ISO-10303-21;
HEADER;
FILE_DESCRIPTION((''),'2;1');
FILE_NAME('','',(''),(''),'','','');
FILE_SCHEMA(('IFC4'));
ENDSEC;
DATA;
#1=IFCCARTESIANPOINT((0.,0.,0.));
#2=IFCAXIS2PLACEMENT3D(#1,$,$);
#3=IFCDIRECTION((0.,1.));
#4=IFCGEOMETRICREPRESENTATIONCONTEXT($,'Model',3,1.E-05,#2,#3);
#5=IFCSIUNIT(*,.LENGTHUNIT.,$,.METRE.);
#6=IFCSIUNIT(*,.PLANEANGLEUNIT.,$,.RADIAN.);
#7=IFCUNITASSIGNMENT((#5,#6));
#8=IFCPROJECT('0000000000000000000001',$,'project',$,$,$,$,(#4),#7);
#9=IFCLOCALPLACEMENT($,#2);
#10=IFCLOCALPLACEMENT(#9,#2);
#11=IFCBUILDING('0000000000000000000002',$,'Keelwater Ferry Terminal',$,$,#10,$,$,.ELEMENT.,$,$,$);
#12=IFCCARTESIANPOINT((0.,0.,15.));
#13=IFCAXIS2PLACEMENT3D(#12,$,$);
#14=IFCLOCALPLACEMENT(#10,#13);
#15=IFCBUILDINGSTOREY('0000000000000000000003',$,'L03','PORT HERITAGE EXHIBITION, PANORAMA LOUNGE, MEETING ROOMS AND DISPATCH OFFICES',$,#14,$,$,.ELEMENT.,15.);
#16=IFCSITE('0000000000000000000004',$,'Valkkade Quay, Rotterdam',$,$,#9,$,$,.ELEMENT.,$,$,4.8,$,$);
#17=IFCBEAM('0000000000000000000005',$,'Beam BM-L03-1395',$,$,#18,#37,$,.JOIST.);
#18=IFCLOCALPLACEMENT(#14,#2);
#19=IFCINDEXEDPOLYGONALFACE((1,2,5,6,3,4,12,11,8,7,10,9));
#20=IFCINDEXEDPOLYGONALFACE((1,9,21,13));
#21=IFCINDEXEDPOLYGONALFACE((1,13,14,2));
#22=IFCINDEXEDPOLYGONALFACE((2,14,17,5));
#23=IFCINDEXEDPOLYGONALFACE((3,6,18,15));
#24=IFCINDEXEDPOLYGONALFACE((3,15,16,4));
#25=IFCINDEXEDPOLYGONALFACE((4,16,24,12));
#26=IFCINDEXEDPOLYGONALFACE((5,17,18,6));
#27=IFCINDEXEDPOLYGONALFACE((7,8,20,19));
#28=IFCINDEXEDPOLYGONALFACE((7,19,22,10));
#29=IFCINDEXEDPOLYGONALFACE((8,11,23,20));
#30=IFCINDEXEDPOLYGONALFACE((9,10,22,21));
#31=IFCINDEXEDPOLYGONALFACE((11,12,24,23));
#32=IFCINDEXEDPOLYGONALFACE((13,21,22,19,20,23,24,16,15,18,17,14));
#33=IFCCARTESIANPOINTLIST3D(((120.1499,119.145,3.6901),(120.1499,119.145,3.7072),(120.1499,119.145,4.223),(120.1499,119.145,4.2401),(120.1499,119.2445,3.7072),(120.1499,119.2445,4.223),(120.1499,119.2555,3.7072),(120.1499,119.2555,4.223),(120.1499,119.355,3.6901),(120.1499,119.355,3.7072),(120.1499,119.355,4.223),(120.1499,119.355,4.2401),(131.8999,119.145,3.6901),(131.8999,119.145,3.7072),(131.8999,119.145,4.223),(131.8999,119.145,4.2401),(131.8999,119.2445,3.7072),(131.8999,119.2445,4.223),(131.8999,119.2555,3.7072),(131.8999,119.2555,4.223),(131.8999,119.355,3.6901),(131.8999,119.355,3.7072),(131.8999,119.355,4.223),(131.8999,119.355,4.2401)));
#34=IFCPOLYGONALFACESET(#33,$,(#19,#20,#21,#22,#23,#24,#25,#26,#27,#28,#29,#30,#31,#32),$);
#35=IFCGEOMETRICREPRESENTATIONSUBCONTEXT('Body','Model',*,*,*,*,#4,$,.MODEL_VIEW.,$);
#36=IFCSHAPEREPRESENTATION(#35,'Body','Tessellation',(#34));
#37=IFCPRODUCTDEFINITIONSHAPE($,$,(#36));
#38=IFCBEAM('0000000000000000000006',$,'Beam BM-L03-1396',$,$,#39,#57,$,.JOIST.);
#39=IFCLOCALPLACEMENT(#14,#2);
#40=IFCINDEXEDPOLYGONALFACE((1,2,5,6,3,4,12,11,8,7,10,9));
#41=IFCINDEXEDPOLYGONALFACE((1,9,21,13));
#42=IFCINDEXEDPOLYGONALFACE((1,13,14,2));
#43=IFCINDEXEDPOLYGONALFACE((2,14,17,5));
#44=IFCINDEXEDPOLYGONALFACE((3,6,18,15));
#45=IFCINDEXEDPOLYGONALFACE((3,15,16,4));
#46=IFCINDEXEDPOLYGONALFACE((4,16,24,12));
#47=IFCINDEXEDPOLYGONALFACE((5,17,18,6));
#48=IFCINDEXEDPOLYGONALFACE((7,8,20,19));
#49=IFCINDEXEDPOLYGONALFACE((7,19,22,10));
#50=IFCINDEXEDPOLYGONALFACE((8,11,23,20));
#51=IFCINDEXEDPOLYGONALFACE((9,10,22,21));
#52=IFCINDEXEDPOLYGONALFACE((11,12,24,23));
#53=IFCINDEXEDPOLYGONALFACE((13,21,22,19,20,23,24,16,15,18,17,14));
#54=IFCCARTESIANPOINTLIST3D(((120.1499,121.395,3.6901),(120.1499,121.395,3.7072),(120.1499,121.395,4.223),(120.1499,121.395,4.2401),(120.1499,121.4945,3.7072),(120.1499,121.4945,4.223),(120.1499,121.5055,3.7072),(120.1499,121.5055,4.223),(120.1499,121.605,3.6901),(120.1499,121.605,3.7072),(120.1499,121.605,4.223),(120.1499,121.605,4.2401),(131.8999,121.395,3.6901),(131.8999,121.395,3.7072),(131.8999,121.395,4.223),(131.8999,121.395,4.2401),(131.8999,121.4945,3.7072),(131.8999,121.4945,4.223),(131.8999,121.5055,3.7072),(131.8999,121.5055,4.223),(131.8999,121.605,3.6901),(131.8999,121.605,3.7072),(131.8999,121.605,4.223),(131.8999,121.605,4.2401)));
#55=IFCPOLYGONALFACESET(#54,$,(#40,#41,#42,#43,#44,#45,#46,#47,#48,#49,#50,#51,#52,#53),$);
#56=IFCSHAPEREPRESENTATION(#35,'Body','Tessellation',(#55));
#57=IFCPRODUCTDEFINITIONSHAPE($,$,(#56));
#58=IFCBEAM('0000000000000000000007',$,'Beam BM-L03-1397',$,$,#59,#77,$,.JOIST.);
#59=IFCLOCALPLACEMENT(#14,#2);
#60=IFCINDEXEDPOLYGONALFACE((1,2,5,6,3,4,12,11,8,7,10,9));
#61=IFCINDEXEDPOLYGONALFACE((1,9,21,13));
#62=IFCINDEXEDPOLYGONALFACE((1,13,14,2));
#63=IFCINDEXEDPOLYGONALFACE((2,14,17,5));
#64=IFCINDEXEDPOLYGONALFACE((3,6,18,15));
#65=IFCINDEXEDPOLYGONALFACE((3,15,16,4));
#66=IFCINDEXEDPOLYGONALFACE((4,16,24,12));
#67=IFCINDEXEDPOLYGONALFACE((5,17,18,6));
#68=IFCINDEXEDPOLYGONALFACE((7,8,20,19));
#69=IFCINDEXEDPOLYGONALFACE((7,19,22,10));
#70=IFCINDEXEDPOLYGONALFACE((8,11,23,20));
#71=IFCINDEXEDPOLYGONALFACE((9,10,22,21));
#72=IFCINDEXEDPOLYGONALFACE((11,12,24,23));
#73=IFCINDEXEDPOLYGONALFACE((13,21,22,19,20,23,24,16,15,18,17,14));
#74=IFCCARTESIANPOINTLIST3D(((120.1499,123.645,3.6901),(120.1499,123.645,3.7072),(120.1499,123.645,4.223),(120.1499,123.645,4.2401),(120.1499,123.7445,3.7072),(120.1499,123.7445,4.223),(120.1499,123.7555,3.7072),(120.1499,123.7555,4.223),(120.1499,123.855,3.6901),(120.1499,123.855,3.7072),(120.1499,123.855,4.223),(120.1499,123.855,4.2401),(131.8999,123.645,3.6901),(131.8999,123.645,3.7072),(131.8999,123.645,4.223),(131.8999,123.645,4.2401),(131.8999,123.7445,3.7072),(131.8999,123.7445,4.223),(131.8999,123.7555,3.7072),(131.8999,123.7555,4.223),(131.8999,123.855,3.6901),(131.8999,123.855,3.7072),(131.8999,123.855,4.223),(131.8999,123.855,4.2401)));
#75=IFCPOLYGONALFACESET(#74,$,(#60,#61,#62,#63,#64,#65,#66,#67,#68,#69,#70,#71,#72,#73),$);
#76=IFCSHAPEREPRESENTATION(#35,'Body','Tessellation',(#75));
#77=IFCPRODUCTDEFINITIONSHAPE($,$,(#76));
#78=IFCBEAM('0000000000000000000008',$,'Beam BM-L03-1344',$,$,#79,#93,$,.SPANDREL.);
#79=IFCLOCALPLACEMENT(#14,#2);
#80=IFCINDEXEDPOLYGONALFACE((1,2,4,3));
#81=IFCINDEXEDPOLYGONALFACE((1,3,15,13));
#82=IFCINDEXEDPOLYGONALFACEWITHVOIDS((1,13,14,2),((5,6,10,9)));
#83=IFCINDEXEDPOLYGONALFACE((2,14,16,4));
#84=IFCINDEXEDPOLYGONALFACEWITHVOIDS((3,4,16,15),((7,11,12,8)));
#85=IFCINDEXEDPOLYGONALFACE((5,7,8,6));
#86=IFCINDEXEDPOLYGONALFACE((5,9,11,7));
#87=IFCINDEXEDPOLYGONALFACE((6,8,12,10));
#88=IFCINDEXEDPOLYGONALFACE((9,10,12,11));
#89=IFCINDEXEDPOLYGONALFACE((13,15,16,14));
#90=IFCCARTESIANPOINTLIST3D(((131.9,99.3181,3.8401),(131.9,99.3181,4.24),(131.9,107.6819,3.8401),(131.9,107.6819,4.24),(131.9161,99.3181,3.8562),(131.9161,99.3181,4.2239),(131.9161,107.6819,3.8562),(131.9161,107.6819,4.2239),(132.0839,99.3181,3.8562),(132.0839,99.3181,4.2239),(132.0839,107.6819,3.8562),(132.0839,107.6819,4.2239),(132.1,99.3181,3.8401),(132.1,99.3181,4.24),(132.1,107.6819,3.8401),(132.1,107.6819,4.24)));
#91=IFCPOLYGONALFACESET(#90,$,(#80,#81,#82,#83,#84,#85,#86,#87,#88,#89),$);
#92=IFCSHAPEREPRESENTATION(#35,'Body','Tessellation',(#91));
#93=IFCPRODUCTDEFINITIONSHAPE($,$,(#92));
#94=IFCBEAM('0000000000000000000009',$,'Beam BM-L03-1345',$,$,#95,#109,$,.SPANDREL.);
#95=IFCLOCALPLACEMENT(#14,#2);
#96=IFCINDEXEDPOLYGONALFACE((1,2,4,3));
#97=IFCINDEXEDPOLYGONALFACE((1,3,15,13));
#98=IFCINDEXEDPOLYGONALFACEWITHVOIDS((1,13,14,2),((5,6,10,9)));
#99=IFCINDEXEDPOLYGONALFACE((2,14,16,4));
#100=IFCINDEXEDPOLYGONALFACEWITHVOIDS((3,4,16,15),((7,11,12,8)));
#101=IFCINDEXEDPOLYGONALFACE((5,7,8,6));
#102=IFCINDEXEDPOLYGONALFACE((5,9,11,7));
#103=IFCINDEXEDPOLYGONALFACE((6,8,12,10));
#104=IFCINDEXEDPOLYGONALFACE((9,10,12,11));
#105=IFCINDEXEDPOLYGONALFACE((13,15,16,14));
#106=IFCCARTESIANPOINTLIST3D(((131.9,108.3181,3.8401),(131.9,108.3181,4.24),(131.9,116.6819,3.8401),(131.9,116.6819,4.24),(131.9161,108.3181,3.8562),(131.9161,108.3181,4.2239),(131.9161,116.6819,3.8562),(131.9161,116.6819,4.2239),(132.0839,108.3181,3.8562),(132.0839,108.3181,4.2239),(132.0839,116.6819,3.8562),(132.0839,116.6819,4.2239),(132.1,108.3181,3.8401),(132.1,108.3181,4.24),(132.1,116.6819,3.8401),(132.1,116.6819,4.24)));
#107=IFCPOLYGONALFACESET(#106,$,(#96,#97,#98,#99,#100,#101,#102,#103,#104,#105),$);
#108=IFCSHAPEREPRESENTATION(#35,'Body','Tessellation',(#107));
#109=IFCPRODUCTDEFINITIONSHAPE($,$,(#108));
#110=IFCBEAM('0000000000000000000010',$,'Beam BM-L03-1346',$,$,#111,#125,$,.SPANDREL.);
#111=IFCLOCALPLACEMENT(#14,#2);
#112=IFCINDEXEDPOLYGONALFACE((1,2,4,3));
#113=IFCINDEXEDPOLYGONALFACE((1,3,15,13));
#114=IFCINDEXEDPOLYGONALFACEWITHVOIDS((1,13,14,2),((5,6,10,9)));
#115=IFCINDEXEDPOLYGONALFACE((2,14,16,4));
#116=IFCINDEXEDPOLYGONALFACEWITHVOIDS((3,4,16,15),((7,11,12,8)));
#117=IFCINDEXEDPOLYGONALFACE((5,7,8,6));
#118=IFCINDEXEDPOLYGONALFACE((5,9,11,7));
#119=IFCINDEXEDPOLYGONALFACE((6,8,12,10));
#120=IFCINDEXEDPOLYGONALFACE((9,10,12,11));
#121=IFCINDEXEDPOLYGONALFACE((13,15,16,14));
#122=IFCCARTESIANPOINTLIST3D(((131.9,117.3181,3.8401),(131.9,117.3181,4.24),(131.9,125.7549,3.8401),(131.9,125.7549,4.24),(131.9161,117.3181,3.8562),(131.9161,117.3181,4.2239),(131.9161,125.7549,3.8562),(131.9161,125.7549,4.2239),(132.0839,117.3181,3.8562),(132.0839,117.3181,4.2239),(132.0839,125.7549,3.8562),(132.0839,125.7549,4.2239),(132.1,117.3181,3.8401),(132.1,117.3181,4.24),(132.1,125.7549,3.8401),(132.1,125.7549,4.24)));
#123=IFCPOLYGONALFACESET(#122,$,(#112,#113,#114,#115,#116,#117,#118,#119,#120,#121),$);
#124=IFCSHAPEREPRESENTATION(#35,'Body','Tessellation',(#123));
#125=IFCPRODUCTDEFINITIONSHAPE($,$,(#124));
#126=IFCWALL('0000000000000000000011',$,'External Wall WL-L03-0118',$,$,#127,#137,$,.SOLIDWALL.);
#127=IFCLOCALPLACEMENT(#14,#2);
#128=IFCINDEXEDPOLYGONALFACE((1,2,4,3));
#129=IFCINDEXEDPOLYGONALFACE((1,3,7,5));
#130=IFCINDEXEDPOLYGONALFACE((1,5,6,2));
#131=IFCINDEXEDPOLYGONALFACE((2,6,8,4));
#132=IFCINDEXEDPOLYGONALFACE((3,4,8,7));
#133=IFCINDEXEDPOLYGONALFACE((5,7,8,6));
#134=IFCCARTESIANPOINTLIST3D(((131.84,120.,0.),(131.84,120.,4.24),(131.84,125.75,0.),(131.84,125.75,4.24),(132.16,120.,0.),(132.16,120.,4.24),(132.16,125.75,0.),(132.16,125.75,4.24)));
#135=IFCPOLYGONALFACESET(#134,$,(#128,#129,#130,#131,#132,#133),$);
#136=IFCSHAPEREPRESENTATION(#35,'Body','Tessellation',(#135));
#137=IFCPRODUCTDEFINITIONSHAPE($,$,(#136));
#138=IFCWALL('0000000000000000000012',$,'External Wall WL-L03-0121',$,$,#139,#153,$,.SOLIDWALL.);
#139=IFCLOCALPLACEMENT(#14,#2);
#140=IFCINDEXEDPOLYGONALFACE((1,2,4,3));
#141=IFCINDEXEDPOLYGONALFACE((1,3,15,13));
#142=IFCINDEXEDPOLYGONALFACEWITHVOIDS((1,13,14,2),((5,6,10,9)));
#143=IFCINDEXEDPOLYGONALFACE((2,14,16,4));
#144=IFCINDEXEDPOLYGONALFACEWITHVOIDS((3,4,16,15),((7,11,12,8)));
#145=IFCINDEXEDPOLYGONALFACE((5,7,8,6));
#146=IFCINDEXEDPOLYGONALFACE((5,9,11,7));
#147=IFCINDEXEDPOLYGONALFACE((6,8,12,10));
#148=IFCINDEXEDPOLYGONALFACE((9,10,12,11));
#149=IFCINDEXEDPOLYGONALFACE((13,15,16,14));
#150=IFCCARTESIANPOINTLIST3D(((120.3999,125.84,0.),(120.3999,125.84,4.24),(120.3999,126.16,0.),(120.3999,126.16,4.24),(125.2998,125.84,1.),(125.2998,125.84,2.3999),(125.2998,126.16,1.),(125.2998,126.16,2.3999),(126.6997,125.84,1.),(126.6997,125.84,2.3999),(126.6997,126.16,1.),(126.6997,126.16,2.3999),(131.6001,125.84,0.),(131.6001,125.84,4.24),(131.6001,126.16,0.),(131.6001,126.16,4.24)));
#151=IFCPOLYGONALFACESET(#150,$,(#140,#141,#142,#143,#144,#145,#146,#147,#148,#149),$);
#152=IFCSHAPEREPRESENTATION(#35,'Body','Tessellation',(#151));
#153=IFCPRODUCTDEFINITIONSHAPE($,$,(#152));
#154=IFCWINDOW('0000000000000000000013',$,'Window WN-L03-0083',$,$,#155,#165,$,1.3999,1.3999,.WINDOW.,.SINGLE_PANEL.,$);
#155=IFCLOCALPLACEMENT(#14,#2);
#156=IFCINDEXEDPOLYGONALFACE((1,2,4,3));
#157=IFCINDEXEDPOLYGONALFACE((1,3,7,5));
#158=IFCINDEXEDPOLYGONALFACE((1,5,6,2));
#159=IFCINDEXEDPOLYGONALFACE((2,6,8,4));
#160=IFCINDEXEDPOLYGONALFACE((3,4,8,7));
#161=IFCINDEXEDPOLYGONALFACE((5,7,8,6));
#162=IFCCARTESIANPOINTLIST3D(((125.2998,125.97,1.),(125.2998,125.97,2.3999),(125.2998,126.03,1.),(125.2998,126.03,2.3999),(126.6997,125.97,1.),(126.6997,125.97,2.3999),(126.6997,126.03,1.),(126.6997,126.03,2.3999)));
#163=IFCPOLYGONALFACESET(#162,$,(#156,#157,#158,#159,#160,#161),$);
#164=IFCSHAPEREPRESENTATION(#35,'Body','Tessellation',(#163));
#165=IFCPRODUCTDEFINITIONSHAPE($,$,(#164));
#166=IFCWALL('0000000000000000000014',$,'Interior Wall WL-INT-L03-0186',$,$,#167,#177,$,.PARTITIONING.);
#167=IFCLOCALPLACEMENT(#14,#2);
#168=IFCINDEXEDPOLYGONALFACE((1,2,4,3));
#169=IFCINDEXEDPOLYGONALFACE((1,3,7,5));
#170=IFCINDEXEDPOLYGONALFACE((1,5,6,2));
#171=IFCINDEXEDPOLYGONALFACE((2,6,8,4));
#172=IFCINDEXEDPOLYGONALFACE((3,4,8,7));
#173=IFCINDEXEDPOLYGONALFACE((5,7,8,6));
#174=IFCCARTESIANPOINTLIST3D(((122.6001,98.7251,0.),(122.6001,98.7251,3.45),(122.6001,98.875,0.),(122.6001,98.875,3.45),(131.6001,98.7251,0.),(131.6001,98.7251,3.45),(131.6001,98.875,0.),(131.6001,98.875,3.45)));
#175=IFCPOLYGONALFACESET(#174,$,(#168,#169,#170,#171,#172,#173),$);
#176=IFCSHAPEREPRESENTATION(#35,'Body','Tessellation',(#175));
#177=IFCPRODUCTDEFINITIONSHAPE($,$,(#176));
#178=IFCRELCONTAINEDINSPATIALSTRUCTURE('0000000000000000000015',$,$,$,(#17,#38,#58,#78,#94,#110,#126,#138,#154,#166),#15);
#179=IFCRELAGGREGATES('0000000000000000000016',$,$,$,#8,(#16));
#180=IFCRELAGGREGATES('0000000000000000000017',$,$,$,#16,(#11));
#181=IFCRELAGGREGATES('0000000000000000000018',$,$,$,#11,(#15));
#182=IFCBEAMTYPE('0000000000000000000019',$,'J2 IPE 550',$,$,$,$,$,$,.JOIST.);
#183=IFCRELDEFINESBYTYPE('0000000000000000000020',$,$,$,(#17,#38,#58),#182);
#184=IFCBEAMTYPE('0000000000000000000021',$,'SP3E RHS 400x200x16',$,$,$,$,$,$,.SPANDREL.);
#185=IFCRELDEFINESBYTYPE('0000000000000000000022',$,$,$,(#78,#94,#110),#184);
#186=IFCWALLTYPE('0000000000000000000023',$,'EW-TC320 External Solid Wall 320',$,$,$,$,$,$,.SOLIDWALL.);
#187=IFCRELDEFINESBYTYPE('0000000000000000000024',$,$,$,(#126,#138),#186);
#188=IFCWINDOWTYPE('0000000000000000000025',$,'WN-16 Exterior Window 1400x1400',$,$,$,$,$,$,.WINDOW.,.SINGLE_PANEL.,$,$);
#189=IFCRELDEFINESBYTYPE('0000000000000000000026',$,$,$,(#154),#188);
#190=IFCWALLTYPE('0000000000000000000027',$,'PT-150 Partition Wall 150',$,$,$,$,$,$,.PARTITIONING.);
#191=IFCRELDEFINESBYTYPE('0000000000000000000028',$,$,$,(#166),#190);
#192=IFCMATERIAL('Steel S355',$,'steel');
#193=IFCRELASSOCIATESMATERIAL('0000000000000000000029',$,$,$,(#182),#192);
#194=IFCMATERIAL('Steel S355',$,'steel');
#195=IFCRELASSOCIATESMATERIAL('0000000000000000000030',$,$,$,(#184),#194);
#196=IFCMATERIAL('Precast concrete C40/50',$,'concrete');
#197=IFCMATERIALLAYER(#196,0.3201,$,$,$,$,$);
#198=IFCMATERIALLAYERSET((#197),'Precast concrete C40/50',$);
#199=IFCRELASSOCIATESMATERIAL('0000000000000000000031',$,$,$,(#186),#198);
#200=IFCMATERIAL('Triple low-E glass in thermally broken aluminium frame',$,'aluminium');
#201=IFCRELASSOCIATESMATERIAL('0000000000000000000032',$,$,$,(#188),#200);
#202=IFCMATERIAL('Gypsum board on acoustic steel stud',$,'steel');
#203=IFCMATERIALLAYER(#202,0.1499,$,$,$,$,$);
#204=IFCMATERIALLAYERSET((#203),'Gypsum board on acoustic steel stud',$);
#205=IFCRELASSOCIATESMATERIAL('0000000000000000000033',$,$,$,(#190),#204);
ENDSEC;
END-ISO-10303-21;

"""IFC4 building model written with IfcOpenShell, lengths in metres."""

from ifc_helpers import new_model, si_unit, direction, frame, frame_2d, origin, origin_2d, place, context, subcontext, project, spatial, rectangle, hollow_rectangle, i_section, extrude, material, layer, layer_set, material_profile, profile_set, type_object, element, fill, save


model = new_model("IFC4")

# Units and contexts
model_context = context("Model", 3, precision=1e-05, world=origin(), true_north=direction((0.0, 1.0)))
body_context = subcontext(model_context, "Body", "Model", "MODEL_VIEW")
ifc_project = project(units=[si_unit("LENGTHUNIT", "METRE"), si_unit("PLANEANGLEUNIT", "RADIAN")], contexts=[model_context])

# Site, building, storey
site_placement = place(None, origin())
site = spatial("IfcSite", under=ifc_project, at=site_placement, Name="Valkkade Quay, Rotterdam", CompositionType="ELEMENT", RefElevation=4.8)
building_placement = place(site_placement, origin())
building = spatial("IfcBuilding", under=site, at=building_placement, Name="Keelwater Ferry Terminal", CompositionType="ELEMENT")
storey_placement = place(building_placement, frame((0.0, 0.0, 15.0)))
storey = spatial("IfcBuildingStorey", under=building, at=storey_placement, Name="L03", Description="PORT HERITAGE EXHIBITION, PANORAMA LOUNGE, MEETING ROOMS AND DISPATCH OFFICES", CompositionType="ELEMENT", Elevation=15.0)

# Beams
ifc_material_1 = material(Name="Steel S355", Category="steel")
ifc_material_profile_1 = material_profile(ifc_material_1, i_section(OverallWidth=0.21, OverallDepth=0.55, WebThickness=0.011, FlangeThickness=0.0171, at=origin_2d()), Name="IPE 550")
ifc_profile_set_1 = profile_set([ifc_material_profile_1], Name="Steel S355")
beam_type_1 = type_object("IfcBeamType", Name="J2 IPE 550", PredefinedType="JOIST", material=ifc_profile_set_1)
for number, where, z_axis, x_axis, name in (
    (1, (120.1499, 119.25, 3.9651), (1.0, 0.0, 0.0), (0.0, 1.0, 0.0), "Beam BM-L03-1395"),
    (2, (120.1499, 121.5, 3.9651), (1.0, 0.0, 0.0), (0.0, 1.0, 0.0), "Beam BM-L03-1396"),
    (3, (120.1499, 123.75, 3.9651), (1.0, 0.0, 0.0), (0.0, 1.0, 0.0), "Beam BM-L03-1397"),
):
    element("IfcBeam", number, at=place(storey_placement, frame(where, z_axis=z_axis, x_axis=x_axis)), inside=storey, type_object=beam_type_1, Name=name, PredefinedType="JOIST", context=body_context, shape_type="SweptSolid", body=[
        extrude(i_section(OverallWidth=0.21, OverallDepth=0.55, WebThickness=0.011, FlangeThickness=0.0171, at=origin_2d()), origin(), (0.0, 0.0, 1.0), 11.75),
    ])
ifc_material_2 = material(Name="Steel S355", Category="steel")
ifc_material_profile_2 = material_profile(ifc_material_2, hollow_rectangle(XDim=0.2, YDim=0.3999, WallThickness=0.0161, at=origin_2d()), Name="RHS 400x200x16")
ifc_profile_set_2 = profile_set([ifc_material_profile_2], Name="Steel S355")
beam_type_2 = type_object("IfcBeamType", Name="SP3E RHS 400x200x16", PredefinedType="SPANDREL", material=ifc_profile_set_2)
for number, where, z_axis, x_axis, name in (
    (4, (132.0, 99.3181, 4.04), (0.0, 1.0, 0.0), (-1.0, 0.0, 0.0), "Beam BM-L03-1344"),
    (5, (132.0, 108.3181, 4.04), (0.0, 1.0, 0.0), (-1.0, 0.0, 0.0), "Beam BM-L03-1345"),
):
    element("IfcBeam", number, at=place(storey_placement, frame(where, z_axis=z_axis, x_axis=x_axis)), inside=storey, type_object=beam_type_2, Name=name, PredefinedType="SPANDREL", context=body_context, shape_type="SweptSolid", body=[
        extrude(hollow_rectangle(XDim=0.2, YDim=0.3999, WallThickness=0.0161, at=origin_2d()), origin(), (0.0, 0.0, 1.0), 8.3638),
    ])
beam_1_placement = place(storey_placement, frame((132.0, 117.3181, 4.04), z_axis=(0.0, 1.0, 0.0), x_axis=(-1.0, 0.0, 0.0)))
element("IfcBeam", 6, at=beam_1_placement, inside=storey, type_object=beam_type_2, Name="Beam BM-L03-1346", PredefinedType="SPANDREL", context=body_context, shape_type="SweptSolid", body=[
    extrude(hollow_rectangle(XDim=0.2, YDim=0.3999, WallThickness=0.0161, at=origin_2d()), origin(), (0.0, 0.0, 1.0), 8.4368),
])

# Wall
ifc_material_3 = material(Name="Precast concrete C40/50", Category="concrete")
ifc_layer_1 = layer(ifc_material_3, 0.3201)
ifc_layer_set_1 = layer_set([ifc_layer_1], Name="Precast concrete C40/50")
wall_type_1 = type_object("IfcWallType", Name="EW-TC320 External Solid Wall 320", PredefinedType="SOLIDWALL", material=ifc_layer_set_1)
wall_1_placement = place(storey_placement, frame((132.0, 125.75, 0.0), z_axis=(0.0, 0.0, 1.0), x_axis=(0.0, -1.0, 0.0)))
element("IfcWall", 7, at=wall_1_placement, inside=storey, type_object=wall_type_1, Name="External Wall WL-L03-0118", PredefinedType="SOLIDWALL", context=body_context, shape_type="SweptSolid", body=[
    extrude(rectangle(XDim=5.75, YDim=0.3201, at=frame_2d((2.875, 0.0))), origin(), (0.0, 0.0, 1.0), 4.24),
])

# Wall, opening, window
wall_2_placement = place(storey_placement, frame((120.3999, 126.0, 0.0), z_axis=(0.0, 0.0, 1.0), x_axis=(1.0, 0.0, 0.0)))
wall_2 = element("IfcWall", 8, at=wall_2_placement, inside=storey, type_object=wall_type_1, Name="External Wall WL-L03-0121", PredefinedType="SOLIDWALL", context=body_context, shape_type="SweptSolid", body=[
    extrude(rectangle(XDim=11.2002, YDim=0.3201, at=frame_2d((5.6001, 0.0))), origin(), (0.0, 0.0, 1.0), 4.24),
])
opening_placement = place(wall_2_placement, frame((4.8999, 0.0, 1.0)))
opening = element("IfcOpeningElement", 9, at=opening_placement, cuts=wall_2, PredefinedType="OPENING", context=body_context, shape_type="SweptSolid", body=[
    extrude(rectangle(XDim=1.3999, YDim=1.3999, at=frame_2d((0.7, 0.7))), frame((0.0, 0.1702, 0.0), z_axis=(0.0, -1.0, 0.0), x_axis=(1.0, 0.0, 0.0)), (0.0, 0.0, 1.0), 0.3401),
])
ifc_material_4 = material(Name="Triple low-E glass in thermally broken aluminium frame", Category="aluminium")
window_type = type_object("IfcWindowType", Name="WN-16 Exterior Window 1400x1400", PartitioningType="SINGLE_PANEL", PredefinedType="WINDOW", material=ifc_material_4)
window_placement = place(opening_placement, origin())
window = element("IfcWindow", 10, at=window_placement, inside=storey, type_object=window_type, Name="Window WN-L03-0083", OverallHeight=1.3999, OverallWidth=1.3999, PartitioningType="SINGLE_PANEL", PredefinedType="WINDOW", context=body_context, shape_type="SweptSolid", body=[
    extrude(rectangle(XDim=1.3999, YDim=1.3999, at=frame_2d((0.7, 0.7))), frame((0.0, 0.03, 0.0), z_axis=(0.0, -1.0, 0.0), x_axis=(1.0, 0.0, 0.0)), (0.0, 0.0, 1.0), 0.0601),
])
fill(opening, window)

# Wall
ifc_material_5 = material(Name="Gypsum board on acoustic steel stud", Category="steel")
ifc_layer_2 = layer(ifc_material_5, 0.1499)
ifc_layer_set_2 = layer_set([ifc_layer_2], Name="Gypsum board on acoustic steel stud")
wall_type_2 = type_object("IfcWallType", Name="PT-150 Partition Wall 150", PredefinedType="PARTITIONING", material=ifc_layer_set_2)
wall_3_placement = place(storey_placement, frame((122.6001, 98.8, 0.0), z_axis=(0.0, 0.0, 1.0), x_axis=(1.0, 0.0, 0.0)))
element("IfcWall", 11, at=wall_3_placement, inside=storey, type_object=wall_type_2, Name="Interior Wall WL-INT-L03-0186", PredefinedType="PARTITIONING", context=body_context, shape_type="SweptSolid", body=[
    extrude(rectangle(XDim=9.0, YDim=0.1499, at=frame_2d((4.5, 0.0))), origin(), (0.0, 0.0, 1.0), 3.45),
])

save(model, "model.ifc")
